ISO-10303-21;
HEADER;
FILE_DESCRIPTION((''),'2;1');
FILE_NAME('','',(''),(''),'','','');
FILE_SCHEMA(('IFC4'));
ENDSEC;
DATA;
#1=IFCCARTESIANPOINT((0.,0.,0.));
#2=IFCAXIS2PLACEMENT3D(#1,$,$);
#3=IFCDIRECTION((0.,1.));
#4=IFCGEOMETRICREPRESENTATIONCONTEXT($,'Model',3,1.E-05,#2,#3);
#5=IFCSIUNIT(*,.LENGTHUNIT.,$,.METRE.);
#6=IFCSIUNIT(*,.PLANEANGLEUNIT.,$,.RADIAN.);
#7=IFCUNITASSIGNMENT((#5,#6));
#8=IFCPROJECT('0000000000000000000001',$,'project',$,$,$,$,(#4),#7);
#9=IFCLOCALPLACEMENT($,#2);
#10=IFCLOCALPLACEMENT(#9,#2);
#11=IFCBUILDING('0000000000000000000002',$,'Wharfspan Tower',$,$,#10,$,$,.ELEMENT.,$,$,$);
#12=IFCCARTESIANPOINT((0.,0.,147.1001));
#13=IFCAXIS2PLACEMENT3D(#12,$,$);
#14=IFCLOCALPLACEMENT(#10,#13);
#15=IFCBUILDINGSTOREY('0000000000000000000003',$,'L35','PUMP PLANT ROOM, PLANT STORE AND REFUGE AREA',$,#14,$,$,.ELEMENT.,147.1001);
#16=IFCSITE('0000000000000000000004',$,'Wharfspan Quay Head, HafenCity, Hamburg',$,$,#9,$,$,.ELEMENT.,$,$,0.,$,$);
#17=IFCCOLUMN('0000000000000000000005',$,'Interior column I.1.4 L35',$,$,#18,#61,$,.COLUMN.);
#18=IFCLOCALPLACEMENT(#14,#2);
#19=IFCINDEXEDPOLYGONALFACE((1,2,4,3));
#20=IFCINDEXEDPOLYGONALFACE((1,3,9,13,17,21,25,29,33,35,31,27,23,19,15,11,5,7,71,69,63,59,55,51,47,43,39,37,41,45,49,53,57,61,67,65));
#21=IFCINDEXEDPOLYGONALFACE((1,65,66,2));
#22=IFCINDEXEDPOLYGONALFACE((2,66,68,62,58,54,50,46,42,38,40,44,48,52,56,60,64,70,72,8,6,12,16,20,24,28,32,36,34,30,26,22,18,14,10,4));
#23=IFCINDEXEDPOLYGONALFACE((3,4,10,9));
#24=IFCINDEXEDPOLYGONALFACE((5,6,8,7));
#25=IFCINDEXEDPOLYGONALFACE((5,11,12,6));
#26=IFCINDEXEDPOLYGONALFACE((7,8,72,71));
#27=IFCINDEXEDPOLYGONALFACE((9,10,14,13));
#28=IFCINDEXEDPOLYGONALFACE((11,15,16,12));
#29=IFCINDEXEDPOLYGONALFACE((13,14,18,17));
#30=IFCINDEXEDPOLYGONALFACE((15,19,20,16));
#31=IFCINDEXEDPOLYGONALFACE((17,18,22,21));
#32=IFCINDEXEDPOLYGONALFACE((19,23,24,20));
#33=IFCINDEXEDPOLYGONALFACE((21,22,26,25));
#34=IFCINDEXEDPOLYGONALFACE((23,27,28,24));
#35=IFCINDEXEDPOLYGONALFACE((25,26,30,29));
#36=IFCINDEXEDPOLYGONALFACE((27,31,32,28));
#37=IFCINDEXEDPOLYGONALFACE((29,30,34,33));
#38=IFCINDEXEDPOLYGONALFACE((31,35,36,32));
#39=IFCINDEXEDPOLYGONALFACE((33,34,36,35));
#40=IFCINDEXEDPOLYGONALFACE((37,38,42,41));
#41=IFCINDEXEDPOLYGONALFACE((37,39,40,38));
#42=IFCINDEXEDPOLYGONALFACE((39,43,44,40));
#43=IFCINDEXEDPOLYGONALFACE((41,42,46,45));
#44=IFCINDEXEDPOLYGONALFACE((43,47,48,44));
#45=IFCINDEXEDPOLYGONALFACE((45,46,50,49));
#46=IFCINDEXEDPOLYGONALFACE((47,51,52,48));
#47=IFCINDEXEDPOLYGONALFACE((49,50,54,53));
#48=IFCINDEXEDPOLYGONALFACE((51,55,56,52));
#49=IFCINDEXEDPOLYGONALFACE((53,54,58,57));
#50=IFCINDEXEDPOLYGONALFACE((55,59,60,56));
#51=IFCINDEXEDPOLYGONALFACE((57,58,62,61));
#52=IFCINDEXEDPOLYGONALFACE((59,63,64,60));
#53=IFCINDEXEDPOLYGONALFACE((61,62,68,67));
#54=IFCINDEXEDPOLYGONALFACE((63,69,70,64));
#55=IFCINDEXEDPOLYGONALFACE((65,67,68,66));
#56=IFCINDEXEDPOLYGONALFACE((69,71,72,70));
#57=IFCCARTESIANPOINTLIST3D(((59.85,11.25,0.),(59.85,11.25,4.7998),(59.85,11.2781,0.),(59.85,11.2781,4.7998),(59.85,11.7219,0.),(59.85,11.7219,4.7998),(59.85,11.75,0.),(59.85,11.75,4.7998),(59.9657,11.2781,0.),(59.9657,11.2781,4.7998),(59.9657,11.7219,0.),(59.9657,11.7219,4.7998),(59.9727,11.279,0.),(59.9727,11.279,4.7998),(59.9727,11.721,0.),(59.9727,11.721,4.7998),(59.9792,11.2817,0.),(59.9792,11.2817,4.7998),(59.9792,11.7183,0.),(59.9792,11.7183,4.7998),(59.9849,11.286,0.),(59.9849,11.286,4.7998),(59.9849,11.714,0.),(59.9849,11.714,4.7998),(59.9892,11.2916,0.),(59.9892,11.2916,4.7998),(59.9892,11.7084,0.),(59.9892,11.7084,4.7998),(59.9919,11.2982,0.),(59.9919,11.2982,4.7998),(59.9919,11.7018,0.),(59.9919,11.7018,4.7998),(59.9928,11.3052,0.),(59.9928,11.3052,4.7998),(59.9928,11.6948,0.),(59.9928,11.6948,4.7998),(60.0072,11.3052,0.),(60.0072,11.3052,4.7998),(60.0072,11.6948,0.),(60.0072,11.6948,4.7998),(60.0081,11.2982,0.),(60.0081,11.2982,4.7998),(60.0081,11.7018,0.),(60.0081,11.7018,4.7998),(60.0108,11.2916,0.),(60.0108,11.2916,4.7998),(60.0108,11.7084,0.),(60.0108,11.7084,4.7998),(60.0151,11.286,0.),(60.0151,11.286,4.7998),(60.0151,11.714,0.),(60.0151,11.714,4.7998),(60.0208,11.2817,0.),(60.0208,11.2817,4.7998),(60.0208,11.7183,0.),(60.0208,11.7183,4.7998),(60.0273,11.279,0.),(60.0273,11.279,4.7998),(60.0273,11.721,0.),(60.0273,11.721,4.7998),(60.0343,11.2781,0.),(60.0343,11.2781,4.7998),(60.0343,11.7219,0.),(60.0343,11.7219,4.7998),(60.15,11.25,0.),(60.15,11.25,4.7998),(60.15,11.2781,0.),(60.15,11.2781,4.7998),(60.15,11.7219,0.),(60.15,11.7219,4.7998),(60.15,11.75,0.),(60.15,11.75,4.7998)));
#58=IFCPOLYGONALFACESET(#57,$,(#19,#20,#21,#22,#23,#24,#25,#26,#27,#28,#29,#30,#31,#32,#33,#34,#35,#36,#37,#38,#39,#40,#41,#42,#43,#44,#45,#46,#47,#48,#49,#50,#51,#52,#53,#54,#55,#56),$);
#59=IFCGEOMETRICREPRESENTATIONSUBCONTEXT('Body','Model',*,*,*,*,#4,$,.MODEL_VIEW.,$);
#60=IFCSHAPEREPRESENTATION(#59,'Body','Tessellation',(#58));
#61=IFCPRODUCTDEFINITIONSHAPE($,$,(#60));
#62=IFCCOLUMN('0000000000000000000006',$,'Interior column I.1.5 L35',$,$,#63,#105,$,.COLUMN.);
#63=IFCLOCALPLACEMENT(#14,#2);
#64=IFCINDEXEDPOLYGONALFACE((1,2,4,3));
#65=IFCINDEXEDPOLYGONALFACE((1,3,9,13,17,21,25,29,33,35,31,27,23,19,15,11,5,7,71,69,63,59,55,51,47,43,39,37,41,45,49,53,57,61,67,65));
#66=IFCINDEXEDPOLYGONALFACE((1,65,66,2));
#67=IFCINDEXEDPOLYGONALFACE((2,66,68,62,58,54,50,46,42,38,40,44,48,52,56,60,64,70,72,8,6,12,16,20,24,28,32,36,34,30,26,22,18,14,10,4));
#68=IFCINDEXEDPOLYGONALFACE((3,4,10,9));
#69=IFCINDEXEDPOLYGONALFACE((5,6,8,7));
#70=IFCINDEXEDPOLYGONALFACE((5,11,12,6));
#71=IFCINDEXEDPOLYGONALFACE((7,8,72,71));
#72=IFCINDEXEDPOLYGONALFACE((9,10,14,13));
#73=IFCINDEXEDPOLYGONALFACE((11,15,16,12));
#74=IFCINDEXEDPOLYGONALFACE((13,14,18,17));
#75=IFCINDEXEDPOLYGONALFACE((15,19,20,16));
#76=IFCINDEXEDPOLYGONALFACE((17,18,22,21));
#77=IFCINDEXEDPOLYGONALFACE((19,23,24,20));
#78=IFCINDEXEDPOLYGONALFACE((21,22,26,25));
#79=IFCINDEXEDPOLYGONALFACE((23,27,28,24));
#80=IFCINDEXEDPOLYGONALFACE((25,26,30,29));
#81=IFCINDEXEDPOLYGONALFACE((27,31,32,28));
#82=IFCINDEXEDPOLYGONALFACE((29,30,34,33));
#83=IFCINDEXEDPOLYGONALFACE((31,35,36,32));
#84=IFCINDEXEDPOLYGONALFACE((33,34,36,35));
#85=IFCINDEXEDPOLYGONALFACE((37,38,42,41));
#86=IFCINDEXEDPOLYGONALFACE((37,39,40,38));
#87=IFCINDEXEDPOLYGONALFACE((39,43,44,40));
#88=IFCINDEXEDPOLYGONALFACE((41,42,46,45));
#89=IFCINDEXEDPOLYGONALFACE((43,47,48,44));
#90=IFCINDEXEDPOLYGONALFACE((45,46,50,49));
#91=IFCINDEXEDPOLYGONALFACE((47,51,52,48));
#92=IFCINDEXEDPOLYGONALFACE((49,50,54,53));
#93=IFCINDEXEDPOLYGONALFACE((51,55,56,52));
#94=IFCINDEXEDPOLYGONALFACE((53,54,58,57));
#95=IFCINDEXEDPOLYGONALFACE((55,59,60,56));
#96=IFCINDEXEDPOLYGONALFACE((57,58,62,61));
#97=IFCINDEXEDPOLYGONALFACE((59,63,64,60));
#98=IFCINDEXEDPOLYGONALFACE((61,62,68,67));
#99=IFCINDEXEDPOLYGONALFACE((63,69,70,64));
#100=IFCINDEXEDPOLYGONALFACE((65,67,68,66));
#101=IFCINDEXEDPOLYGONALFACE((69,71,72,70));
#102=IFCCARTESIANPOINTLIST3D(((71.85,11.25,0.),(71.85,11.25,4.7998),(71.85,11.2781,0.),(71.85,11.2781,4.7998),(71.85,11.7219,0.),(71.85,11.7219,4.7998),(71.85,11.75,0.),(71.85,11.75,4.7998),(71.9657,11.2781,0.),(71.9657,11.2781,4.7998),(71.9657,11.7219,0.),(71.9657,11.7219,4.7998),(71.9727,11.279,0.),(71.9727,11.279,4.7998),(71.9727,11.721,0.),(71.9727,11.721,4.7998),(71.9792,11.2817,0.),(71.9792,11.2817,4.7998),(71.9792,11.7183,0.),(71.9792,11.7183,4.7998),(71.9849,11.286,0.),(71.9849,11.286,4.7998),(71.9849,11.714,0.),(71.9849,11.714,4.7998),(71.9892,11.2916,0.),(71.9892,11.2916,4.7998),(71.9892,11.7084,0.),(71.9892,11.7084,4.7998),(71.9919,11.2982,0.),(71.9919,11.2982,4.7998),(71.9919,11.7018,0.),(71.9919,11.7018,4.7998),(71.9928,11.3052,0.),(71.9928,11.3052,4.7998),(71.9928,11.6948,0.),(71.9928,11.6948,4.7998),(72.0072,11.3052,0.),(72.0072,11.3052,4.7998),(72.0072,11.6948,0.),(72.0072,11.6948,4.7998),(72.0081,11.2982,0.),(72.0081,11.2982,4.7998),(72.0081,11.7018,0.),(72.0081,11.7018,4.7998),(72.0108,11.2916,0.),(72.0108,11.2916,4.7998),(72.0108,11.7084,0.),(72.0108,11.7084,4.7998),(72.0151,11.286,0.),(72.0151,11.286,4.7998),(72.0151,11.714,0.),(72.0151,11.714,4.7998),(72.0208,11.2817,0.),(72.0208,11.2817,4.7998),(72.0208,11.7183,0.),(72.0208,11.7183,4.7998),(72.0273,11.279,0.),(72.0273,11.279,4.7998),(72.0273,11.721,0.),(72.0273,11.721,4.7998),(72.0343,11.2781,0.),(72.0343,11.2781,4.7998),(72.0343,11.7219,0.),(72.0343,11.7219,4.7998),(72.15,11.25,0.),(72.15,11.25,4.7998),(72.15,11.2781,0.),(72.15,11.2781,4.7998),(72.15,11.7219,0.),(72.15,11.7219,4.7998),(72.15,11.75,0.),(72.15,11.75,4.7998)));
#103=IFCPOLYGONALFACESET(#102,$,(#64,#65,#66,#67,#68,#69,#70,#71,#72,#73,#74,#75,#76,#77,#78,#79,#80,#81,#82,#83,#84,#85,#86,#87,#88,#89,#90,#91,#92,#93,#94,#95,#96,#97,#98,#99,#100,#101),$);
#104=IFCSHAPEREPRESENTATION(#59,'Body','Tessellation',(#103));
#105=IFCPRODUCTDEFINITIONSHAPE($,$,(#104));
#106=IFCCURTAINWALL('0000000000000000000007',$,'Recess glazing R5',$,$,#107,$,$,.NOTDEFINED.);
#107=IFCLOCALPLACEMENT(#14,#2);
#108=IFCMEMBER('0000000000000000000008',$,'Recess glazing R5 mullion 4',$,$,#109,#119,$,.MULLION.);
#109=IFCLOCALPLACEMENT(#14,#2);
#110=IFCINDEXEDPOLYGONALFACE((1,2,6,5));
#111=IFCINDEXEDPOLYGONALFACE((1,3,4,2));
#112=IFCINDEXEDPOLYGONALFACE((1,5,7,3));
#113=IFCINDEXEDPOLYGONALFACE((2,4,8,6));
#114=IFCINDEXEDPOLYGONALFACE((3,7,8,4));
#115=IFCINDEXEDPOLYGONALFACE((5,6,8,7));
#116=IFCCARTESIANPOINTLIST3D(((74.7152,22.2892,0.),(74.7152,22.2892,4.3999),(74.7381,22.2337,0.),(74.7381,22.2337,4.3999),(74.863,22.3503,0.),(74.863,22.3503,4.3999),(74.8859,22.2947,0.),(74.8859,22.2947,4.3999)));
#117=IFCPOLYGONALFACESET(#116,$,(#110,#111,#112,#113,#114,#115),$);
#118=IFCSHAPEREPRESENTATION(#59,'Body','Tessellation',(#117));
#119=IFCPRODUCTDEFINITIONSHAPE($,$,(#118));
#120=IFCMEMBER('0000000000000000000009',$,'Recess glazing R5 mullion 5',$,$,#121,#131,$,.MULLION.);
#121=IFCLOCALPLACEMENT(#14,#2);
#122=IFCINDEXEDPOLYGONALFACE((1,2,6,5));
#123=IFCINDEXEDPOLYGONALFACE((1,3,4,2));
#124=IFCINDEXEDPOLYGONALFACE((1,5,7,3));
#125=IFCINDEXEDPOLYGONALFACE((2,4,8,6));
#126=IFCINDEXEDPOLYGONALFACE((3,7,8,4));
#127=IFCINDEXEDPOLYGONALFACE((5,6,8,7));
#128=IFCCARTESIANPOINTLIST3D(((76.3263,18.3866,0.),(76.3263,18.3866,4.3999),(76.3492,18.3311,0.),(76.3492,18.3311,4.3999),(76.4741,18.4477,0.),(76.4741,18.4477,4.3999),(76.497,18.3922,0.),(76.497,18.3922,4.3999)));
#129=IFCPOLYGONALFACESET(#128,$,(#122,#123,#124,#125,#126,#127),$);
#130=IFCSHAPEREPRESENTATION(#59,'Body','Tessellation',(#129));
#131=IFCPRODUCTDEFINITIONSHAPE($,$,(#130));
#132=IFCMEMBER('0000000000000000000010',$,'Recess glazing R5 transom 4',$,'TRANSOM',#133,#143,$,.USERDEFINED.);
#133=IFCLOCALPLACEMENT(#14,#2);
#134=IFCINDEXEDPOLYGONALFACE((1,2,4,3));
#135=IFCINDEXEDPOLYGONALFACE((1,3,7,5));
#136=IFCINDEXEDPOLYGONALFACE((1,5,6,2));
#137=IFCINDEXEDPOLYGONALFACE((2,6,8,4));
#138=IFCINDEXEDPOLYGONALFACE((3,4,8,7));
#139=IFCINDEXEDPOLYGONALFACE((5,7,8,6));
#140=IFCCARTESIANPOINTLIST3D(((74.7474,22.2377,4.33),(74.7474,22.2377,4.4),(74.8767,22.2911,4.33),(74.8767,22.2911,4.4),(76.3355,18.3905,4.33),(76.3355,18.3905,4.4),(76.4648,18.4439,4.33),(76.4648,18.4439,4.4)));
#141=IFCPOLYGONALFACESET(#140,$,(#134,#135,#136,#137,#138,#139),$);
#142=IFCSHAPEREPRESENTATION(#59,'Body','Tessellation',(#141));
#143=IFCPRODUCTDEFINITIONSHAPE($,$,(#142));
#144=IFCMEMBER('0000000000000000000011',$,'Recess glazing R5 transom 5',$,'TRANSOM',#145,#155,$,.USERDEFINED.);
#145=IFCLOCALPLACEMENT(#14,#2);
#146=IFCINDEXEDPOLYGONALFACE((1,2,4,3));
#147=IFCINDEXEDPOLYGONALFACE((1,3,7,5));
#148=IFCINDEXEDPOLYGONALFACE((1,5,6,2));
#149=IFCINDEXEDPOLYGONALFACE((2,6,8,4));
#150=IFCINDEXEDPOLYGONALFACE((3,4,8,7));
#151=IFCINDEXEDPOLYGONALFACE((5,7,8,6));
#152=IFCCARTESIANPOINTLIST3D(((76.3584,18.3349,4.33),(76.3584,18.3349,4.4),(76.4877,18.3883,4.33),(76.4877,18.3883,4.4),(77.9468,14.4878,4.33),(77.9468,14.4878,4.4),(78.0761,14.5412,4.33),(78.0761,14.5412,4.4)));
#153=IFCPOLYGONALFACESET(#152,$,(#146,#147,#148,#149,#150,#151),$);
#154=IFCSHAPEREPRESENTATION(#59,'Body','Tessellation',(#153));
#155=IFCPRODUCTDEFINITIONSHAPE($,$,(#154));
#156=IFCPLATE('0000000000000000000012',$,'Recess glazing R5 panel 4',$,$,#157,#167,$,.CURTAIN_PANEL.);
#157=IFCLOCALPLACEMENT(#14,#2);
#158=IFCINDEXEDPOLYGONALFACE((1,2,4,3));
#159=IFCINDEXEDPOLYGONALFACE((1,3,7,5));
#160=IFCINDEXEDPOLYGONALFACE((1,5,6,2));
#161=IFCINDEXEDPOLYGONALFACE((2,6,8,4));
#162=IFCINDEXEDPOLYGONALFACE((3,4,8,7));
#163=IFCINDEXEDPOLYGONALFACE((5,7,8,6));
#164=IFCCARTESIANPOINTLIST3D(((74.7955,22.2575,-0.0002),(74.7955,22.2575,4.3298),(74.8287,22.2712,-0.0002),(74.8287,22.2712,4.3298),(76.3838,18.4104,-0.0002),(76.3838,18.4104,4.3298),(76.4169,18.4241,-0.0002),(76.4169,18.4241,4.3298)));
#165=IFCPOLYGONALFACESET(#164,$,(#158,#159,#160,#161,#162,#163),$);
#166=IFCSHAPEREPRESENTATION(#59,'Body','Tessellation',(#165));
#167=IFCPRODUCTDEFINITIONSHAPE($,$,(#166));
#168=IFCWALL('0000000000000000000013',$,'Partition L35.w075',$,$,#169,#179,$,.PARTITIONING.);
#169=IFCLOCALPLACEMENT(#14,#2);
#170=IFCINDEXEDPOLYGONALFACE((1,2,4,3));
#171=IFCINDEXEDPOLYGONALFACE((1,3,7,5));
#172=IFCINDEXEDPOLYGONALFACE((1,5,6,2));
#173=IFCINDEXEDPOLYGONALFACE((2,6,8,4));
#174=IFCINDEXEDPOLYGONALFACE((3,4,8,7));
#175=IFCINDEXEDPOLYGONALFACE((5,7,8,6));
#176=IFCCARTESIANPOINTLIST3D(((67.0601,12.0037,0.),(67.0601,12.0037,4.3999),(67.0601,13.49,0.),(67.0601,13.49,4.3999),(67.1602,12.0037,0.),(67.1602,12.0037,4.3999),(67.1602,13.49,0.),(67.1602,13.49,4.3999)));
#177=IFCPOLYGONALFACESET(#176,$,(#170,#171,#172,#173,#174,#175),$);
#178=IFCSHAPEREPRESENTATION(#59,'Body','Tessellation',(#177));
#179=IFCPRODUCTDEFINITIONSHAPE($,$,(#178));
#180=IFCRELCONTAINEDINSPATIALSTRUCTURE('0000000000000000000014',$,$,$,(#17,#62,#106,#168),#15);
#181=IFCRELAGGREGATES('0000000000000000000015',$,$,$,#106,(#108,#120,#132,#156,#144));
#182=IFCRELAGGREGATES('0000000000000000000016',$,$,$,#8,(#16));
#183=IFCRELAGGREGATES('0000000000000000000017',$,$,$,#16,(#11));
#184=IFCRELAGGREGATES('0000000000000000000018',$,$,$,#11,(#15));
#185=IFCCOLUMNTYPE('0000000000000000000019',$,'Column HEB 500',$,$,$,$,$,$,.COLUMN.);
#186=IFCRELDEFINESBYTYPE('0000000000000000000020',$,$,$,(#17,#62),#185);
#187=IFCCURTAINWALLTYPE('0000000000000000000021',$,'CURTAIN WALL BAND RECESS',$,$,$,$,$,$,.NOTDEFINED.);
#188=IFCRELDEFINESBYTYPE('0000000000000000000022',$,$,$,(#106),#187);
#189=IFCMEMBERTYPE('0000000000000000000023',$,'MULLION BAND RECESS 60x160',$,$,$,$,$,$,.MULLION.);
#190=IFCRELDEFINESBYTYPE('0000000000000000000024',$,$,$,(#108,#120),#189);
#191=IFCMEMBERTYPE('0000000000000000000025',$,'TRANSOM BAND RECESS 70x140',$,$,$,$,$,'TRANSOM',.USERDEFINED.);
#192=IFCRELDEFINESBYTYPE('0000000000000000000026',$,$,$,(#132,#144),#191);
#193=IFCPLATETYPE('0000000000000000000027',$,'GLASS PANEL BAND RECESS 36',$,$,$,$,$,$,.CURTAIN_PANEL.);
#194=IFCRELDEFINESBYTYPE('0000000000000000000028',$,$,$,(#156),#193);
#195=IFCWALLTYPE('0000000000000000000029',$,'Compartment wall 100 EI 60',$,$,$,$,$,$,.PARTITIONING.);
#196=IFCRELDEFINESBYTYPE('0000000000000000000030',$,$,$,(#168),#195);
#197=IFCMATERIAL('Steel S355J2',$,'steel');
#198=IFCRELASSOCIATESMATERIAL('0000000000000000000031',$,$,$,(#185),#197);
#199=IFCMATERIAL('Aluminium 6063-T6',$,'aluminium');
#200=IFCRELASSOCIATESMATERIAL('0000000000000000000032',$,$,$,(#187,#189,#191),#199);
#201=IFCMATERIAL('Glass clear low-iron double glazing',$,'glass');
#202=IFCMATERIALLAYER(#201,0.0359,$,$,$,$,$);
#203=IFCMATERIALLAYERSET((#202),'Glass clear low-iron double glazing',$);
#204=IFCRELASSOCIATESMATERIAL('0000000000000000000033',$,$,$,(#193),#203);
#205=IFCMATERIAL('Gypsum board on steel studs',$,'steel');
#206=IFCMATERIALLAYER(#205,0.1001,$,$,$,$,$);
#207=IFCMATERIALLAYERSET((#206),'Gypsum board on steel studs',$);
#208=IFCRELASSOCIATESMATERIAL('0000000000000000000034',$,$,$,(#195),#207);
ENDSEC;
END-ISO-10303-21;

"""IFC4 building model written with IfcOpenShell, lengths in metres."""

from ifc_helpers import new_model, si_unit, direction, frame, frame_2d, origin, origin_2d, place, context, subcontext, project, spatial, rectangle, i_section, extrude, material, layer, layer_set, material_profile, profile_set, type_object, element, aggregate, save


model = new_model("IFC4")

# Units and contexts
model_context = context("Model", 3, precision=1e-05, world=origin(), true_north=direction((0.0, 1.0)))
body_context = subcontext(model_context, "Body", "Model", "MODEL_VIEW")
ifc_project = project(units=[si_unit("LENGTHUNIT", "METRE"), si_unit("PLANEANGLEUNIT", "RADIAN")], contexts=[model_context])

# Site, building, storey
site_placement = place(None, origin())
site = spatial("IfcSite", under=ifc_project, at=site_placement, Name="Wharfspan Quay Head, HafenCity, Hamburg", CompositionType="ELEMENT", RefElevation=0.0)
building_placement = place(site_placement, origin())
building = spatial("IfcBuilding", under=site, at=building_placement, Name="Wharfspan Tower", CompositionType="ELEMENT")
storey_placement = place(building_placement, frame((0.0, 0.0, 147.1001)))
storey = spatial("IfcBuildingStorey", under=building, at=storey_placement, Name="L35", Description="PUMP PLANT ROOM, PLANT STORE AND REFUGE AREA", CompositionType="ELEMENT", Elevation=147.1001)

# Columns
ifc_material_1 = material(Name="Steel S355J2", Category="steel")
ifc_material_profile_1 = material_profile(ifc_material_1, i_section(OverallWidth=0.3, OverallDepth=0.5, WebThickness=0.0144, FlangeThickness=0.0281, FilletRadius=0.0271, at=origin_2d()))
ifc_profile_set_1 = profile_set([ifc_material_profile_1], Name="Steel S355J2")
column_type = type_object("IfcColumnType", Name="Column HEB 500", PredefinedType="COLUMN", material=ifc_profile_set_1)
for number, where, z_axis, x_axis, name in (
    (1, (60.0, 11.5, 0.0), (0.0, 0.0, 1.0), (1.0, 0.0, 0.0), "Interior column I.1.4 L35"),
    (2, (72.0, 11.5, 0.0), (0.0, 0.0, 1.0), (1.0, 0.0, 0.0), "Interior column I.1.5 L35"),
):
    element("IfcColumn", number, at=place(storey_placement, frame(where, z_axis=z_axis, x_axis=x_axis)), inside=storey, type_object=column_type, Name=name, PredefinedType="COLUMN", context=body_context, shape_type="SweptSolid", body=[
        extrude(i_section(OverallWidth=0.3, OverallDepth=0.5, WebThickness=0.0144, FlangeThickness=0.0281, FilletRadius=0.0271, at=origin_2d()), origin(), (0.0, 0.0, 1.0), 4.7998),
    ])

# Curtain wall, members, plate
ifc_material_2 = material(Name="Aluminium 6063-T6", Category="aluminium")
curtain_wall_type = type_object("IfcCurtainWallType", Name="CURTAIN WALL BAND RECESS", PredefinedType="NOTDEFINED", material=ifc_material_2)
curtain_wall_placement = place(storey_placement, origin())
curtain_wall = element("IfcCurtainWall", 3, at=curtain_wall_placement, inside=storey, type_object=curtain_wall_type, Name="Recess glazing R5", PredefinedType="NOTDEFINED")
ifc_material_profile_2 = material_profile(ifc_material_2, rectangle(XDim=0.1599, YDim=0.0601, at=origin_2d()))
ifc_profile_set_2 = profile_set([ifc_material_profile_2], Name="Aluminium 6063-T6")
member_type_1 = type_object("IfcMemberType", Name="MULLION BAND RECESS 60x160", PredefinedType="MULLION", material=ifc_profile_set_2)
member_1_placement = place(storey_placement, frame((74.8005, 22.292, 0.0), z_axis=(0.0, 0.0, 1.0), x_axis=(0.924325, 0.381602, 0.0)))
member_1 = element("IfcMember", 4, at=member_1_placement, type_object=member_type_1, Name="Recess glazing R5 mullion 4", PredefinedType="MULLION", context=body_context, shape_type="SweptSolid", body=[
    extrude(rectangle(XDim=0.1599, YDim=0.0601, at=origin_2d()), origin(), (0.0, 0.0, 1.0), 4.3999),
])
member_2_placement = place(storey_placement, frame((76.4116, 18.3894, 0.0), z_axis=(0.0, 0.0, 1.0), x_axis=(0.924325, 0.381602, 0.0)))
member_2 = element("IfcMember", 5, at=member_2_placement, type_object=member_type_1, Name="Recess glazing R5 mullion 5", PredefinedType="MULLION", context=body_context, shape_type="SweptSolid", body=[
    extrude(rectangle(XDim=0.1599, YDim=0.0601, at=origin_2d()), origin(), (0.0, 0.0, 1.0), 4.3999),
])
ifc_material_profile_3 = material_profile(ifc_material_2, rectangle(XDim=0.1399, YDim=0.0701, at=origin_2d()))
ifc_profile_set_3 = profile_set([ifc_material_profile_3], Name="Aluminium 6063-T6")
member_type_2 = type_object("IfcMemberType", Name="TRANSOM BAND RECESS 70x140", ElementType="TRANSOM", PredefinedType="USERDEFINED", material=ifc_profile_set_3)
member_3_placement = place(storey_placement, frame((74.812, 22.2644, 4.365), z_axis=(0.381573, -0.924339, 0.0), x_axis=(0.924339, 0.381573, 0.0)))
member_3 = element("IfcMember", 6, at=member_3_placement, type_object=member_type_2, Name="Recess glazing R5 transom 4", ObjectType="TRANSOM", PredefinedType="USERDEFINED", context=body_context, shape_type="SweptSolid", body=[
    extrude(rectangle(XDim=0.1399, YDim=0.0701, at=origin_2d()), origin(), (0.0, 0.0, 1.0), 4.1621),
])
member_4_placement = place(storey_placement, frame((76.4231, 18.3616, 4.365), z_axis=(0.381623, -0.924318, 0.0), x_axis=(0.924318, 0.381623, 0.0)))
member_4 = element("IfcMember", 7, at=member_4_placement, type_object=member_type_2, Name="Recess glazing R5 transom 5", ObjectType="TRANSOM", PredefinedType="USERDEFINED", context=body_context, shape_type="SweptSolid", body=[
    extrude(rectangle(XDim=0.1399, YDim=0.0701, at=origin_2d()), origin(), (0.0, 0.0, 1.0), 4.1621),
])
ifc_material_3 = material(Name="Glass clear low-iron double glazing", Category="glass")
ifc_layer_1 = layer(ifc_material_3, 0.0359)
ifc_layer_set_1 = layer_set([ifc_layer_1], Name="Glass clear low-iron double glazing")
plate_type = type_object("IfcPlateType", Name="GLASS PANEL BAND RECESS 36", PredefinedType="CURTAIN_PANEL", material=ifc_layer_set_1)
plate_placement = place(storey_placement, frame((75.6062, 20.3408, -0.0002), z_axis=(0.0, 0.0, 1.0), x_axis=(0.381602, -0.924325, 0.0)))
plate = element("IfcPlate", 8, at=plate_placement, type_object=plate_type, Name="Recess glazing R5 panel 4", PredefinedType="CURTAIN_PANEL", context=body_context, shape_type="SweptSolid", body=[
    extrude(rectangle(XDim=4.1621, YDim=0.0359, at=origin_2d()), origin(), (0.0, 0.0, 1.0), 4.3301),
])
aggregate(curtain_wall, [member_1, member_2, member_3, plate, member_4])

# Wall
ifc_material_4 = material(Name="Gypsum board on steel studs", Category="steel")
ifc_layer_2 = layer(ifc_material_4, 0.1001)
ifc_layer_set_2 = layer_set([ifc_layer_2], Name="Gypsum board on steel studs")
wall_type_1 = type_object("IfcWallType", Name="Compartment wall 100 EI 60", PredefinedType="PARTITIONING", material=ifc_layer_set_2)
wall_1_placement = place(storey_placement, frame((67.1101, 12.0037, 0.0), z_axis=(0.0, 0.0, 1.0), x_axis=(0.0, 1.0, 0.0)))
element("IfcWall", 9, at=wall_1_placement, inside=storey, type_object=wall_type_1, Name="Partition L35.w075", PredefinedType="PARTITIONING", context=body_context, shape_type="SweptSolid", body=[
    extrude(rectangle(XDim=1.4863, YDim=0.1001, at=frame_2d((0.7432, 0.0))), origin(), (0.0, 0.0, 1.0), 4.3999),
])

save(model, "model.ifc")
